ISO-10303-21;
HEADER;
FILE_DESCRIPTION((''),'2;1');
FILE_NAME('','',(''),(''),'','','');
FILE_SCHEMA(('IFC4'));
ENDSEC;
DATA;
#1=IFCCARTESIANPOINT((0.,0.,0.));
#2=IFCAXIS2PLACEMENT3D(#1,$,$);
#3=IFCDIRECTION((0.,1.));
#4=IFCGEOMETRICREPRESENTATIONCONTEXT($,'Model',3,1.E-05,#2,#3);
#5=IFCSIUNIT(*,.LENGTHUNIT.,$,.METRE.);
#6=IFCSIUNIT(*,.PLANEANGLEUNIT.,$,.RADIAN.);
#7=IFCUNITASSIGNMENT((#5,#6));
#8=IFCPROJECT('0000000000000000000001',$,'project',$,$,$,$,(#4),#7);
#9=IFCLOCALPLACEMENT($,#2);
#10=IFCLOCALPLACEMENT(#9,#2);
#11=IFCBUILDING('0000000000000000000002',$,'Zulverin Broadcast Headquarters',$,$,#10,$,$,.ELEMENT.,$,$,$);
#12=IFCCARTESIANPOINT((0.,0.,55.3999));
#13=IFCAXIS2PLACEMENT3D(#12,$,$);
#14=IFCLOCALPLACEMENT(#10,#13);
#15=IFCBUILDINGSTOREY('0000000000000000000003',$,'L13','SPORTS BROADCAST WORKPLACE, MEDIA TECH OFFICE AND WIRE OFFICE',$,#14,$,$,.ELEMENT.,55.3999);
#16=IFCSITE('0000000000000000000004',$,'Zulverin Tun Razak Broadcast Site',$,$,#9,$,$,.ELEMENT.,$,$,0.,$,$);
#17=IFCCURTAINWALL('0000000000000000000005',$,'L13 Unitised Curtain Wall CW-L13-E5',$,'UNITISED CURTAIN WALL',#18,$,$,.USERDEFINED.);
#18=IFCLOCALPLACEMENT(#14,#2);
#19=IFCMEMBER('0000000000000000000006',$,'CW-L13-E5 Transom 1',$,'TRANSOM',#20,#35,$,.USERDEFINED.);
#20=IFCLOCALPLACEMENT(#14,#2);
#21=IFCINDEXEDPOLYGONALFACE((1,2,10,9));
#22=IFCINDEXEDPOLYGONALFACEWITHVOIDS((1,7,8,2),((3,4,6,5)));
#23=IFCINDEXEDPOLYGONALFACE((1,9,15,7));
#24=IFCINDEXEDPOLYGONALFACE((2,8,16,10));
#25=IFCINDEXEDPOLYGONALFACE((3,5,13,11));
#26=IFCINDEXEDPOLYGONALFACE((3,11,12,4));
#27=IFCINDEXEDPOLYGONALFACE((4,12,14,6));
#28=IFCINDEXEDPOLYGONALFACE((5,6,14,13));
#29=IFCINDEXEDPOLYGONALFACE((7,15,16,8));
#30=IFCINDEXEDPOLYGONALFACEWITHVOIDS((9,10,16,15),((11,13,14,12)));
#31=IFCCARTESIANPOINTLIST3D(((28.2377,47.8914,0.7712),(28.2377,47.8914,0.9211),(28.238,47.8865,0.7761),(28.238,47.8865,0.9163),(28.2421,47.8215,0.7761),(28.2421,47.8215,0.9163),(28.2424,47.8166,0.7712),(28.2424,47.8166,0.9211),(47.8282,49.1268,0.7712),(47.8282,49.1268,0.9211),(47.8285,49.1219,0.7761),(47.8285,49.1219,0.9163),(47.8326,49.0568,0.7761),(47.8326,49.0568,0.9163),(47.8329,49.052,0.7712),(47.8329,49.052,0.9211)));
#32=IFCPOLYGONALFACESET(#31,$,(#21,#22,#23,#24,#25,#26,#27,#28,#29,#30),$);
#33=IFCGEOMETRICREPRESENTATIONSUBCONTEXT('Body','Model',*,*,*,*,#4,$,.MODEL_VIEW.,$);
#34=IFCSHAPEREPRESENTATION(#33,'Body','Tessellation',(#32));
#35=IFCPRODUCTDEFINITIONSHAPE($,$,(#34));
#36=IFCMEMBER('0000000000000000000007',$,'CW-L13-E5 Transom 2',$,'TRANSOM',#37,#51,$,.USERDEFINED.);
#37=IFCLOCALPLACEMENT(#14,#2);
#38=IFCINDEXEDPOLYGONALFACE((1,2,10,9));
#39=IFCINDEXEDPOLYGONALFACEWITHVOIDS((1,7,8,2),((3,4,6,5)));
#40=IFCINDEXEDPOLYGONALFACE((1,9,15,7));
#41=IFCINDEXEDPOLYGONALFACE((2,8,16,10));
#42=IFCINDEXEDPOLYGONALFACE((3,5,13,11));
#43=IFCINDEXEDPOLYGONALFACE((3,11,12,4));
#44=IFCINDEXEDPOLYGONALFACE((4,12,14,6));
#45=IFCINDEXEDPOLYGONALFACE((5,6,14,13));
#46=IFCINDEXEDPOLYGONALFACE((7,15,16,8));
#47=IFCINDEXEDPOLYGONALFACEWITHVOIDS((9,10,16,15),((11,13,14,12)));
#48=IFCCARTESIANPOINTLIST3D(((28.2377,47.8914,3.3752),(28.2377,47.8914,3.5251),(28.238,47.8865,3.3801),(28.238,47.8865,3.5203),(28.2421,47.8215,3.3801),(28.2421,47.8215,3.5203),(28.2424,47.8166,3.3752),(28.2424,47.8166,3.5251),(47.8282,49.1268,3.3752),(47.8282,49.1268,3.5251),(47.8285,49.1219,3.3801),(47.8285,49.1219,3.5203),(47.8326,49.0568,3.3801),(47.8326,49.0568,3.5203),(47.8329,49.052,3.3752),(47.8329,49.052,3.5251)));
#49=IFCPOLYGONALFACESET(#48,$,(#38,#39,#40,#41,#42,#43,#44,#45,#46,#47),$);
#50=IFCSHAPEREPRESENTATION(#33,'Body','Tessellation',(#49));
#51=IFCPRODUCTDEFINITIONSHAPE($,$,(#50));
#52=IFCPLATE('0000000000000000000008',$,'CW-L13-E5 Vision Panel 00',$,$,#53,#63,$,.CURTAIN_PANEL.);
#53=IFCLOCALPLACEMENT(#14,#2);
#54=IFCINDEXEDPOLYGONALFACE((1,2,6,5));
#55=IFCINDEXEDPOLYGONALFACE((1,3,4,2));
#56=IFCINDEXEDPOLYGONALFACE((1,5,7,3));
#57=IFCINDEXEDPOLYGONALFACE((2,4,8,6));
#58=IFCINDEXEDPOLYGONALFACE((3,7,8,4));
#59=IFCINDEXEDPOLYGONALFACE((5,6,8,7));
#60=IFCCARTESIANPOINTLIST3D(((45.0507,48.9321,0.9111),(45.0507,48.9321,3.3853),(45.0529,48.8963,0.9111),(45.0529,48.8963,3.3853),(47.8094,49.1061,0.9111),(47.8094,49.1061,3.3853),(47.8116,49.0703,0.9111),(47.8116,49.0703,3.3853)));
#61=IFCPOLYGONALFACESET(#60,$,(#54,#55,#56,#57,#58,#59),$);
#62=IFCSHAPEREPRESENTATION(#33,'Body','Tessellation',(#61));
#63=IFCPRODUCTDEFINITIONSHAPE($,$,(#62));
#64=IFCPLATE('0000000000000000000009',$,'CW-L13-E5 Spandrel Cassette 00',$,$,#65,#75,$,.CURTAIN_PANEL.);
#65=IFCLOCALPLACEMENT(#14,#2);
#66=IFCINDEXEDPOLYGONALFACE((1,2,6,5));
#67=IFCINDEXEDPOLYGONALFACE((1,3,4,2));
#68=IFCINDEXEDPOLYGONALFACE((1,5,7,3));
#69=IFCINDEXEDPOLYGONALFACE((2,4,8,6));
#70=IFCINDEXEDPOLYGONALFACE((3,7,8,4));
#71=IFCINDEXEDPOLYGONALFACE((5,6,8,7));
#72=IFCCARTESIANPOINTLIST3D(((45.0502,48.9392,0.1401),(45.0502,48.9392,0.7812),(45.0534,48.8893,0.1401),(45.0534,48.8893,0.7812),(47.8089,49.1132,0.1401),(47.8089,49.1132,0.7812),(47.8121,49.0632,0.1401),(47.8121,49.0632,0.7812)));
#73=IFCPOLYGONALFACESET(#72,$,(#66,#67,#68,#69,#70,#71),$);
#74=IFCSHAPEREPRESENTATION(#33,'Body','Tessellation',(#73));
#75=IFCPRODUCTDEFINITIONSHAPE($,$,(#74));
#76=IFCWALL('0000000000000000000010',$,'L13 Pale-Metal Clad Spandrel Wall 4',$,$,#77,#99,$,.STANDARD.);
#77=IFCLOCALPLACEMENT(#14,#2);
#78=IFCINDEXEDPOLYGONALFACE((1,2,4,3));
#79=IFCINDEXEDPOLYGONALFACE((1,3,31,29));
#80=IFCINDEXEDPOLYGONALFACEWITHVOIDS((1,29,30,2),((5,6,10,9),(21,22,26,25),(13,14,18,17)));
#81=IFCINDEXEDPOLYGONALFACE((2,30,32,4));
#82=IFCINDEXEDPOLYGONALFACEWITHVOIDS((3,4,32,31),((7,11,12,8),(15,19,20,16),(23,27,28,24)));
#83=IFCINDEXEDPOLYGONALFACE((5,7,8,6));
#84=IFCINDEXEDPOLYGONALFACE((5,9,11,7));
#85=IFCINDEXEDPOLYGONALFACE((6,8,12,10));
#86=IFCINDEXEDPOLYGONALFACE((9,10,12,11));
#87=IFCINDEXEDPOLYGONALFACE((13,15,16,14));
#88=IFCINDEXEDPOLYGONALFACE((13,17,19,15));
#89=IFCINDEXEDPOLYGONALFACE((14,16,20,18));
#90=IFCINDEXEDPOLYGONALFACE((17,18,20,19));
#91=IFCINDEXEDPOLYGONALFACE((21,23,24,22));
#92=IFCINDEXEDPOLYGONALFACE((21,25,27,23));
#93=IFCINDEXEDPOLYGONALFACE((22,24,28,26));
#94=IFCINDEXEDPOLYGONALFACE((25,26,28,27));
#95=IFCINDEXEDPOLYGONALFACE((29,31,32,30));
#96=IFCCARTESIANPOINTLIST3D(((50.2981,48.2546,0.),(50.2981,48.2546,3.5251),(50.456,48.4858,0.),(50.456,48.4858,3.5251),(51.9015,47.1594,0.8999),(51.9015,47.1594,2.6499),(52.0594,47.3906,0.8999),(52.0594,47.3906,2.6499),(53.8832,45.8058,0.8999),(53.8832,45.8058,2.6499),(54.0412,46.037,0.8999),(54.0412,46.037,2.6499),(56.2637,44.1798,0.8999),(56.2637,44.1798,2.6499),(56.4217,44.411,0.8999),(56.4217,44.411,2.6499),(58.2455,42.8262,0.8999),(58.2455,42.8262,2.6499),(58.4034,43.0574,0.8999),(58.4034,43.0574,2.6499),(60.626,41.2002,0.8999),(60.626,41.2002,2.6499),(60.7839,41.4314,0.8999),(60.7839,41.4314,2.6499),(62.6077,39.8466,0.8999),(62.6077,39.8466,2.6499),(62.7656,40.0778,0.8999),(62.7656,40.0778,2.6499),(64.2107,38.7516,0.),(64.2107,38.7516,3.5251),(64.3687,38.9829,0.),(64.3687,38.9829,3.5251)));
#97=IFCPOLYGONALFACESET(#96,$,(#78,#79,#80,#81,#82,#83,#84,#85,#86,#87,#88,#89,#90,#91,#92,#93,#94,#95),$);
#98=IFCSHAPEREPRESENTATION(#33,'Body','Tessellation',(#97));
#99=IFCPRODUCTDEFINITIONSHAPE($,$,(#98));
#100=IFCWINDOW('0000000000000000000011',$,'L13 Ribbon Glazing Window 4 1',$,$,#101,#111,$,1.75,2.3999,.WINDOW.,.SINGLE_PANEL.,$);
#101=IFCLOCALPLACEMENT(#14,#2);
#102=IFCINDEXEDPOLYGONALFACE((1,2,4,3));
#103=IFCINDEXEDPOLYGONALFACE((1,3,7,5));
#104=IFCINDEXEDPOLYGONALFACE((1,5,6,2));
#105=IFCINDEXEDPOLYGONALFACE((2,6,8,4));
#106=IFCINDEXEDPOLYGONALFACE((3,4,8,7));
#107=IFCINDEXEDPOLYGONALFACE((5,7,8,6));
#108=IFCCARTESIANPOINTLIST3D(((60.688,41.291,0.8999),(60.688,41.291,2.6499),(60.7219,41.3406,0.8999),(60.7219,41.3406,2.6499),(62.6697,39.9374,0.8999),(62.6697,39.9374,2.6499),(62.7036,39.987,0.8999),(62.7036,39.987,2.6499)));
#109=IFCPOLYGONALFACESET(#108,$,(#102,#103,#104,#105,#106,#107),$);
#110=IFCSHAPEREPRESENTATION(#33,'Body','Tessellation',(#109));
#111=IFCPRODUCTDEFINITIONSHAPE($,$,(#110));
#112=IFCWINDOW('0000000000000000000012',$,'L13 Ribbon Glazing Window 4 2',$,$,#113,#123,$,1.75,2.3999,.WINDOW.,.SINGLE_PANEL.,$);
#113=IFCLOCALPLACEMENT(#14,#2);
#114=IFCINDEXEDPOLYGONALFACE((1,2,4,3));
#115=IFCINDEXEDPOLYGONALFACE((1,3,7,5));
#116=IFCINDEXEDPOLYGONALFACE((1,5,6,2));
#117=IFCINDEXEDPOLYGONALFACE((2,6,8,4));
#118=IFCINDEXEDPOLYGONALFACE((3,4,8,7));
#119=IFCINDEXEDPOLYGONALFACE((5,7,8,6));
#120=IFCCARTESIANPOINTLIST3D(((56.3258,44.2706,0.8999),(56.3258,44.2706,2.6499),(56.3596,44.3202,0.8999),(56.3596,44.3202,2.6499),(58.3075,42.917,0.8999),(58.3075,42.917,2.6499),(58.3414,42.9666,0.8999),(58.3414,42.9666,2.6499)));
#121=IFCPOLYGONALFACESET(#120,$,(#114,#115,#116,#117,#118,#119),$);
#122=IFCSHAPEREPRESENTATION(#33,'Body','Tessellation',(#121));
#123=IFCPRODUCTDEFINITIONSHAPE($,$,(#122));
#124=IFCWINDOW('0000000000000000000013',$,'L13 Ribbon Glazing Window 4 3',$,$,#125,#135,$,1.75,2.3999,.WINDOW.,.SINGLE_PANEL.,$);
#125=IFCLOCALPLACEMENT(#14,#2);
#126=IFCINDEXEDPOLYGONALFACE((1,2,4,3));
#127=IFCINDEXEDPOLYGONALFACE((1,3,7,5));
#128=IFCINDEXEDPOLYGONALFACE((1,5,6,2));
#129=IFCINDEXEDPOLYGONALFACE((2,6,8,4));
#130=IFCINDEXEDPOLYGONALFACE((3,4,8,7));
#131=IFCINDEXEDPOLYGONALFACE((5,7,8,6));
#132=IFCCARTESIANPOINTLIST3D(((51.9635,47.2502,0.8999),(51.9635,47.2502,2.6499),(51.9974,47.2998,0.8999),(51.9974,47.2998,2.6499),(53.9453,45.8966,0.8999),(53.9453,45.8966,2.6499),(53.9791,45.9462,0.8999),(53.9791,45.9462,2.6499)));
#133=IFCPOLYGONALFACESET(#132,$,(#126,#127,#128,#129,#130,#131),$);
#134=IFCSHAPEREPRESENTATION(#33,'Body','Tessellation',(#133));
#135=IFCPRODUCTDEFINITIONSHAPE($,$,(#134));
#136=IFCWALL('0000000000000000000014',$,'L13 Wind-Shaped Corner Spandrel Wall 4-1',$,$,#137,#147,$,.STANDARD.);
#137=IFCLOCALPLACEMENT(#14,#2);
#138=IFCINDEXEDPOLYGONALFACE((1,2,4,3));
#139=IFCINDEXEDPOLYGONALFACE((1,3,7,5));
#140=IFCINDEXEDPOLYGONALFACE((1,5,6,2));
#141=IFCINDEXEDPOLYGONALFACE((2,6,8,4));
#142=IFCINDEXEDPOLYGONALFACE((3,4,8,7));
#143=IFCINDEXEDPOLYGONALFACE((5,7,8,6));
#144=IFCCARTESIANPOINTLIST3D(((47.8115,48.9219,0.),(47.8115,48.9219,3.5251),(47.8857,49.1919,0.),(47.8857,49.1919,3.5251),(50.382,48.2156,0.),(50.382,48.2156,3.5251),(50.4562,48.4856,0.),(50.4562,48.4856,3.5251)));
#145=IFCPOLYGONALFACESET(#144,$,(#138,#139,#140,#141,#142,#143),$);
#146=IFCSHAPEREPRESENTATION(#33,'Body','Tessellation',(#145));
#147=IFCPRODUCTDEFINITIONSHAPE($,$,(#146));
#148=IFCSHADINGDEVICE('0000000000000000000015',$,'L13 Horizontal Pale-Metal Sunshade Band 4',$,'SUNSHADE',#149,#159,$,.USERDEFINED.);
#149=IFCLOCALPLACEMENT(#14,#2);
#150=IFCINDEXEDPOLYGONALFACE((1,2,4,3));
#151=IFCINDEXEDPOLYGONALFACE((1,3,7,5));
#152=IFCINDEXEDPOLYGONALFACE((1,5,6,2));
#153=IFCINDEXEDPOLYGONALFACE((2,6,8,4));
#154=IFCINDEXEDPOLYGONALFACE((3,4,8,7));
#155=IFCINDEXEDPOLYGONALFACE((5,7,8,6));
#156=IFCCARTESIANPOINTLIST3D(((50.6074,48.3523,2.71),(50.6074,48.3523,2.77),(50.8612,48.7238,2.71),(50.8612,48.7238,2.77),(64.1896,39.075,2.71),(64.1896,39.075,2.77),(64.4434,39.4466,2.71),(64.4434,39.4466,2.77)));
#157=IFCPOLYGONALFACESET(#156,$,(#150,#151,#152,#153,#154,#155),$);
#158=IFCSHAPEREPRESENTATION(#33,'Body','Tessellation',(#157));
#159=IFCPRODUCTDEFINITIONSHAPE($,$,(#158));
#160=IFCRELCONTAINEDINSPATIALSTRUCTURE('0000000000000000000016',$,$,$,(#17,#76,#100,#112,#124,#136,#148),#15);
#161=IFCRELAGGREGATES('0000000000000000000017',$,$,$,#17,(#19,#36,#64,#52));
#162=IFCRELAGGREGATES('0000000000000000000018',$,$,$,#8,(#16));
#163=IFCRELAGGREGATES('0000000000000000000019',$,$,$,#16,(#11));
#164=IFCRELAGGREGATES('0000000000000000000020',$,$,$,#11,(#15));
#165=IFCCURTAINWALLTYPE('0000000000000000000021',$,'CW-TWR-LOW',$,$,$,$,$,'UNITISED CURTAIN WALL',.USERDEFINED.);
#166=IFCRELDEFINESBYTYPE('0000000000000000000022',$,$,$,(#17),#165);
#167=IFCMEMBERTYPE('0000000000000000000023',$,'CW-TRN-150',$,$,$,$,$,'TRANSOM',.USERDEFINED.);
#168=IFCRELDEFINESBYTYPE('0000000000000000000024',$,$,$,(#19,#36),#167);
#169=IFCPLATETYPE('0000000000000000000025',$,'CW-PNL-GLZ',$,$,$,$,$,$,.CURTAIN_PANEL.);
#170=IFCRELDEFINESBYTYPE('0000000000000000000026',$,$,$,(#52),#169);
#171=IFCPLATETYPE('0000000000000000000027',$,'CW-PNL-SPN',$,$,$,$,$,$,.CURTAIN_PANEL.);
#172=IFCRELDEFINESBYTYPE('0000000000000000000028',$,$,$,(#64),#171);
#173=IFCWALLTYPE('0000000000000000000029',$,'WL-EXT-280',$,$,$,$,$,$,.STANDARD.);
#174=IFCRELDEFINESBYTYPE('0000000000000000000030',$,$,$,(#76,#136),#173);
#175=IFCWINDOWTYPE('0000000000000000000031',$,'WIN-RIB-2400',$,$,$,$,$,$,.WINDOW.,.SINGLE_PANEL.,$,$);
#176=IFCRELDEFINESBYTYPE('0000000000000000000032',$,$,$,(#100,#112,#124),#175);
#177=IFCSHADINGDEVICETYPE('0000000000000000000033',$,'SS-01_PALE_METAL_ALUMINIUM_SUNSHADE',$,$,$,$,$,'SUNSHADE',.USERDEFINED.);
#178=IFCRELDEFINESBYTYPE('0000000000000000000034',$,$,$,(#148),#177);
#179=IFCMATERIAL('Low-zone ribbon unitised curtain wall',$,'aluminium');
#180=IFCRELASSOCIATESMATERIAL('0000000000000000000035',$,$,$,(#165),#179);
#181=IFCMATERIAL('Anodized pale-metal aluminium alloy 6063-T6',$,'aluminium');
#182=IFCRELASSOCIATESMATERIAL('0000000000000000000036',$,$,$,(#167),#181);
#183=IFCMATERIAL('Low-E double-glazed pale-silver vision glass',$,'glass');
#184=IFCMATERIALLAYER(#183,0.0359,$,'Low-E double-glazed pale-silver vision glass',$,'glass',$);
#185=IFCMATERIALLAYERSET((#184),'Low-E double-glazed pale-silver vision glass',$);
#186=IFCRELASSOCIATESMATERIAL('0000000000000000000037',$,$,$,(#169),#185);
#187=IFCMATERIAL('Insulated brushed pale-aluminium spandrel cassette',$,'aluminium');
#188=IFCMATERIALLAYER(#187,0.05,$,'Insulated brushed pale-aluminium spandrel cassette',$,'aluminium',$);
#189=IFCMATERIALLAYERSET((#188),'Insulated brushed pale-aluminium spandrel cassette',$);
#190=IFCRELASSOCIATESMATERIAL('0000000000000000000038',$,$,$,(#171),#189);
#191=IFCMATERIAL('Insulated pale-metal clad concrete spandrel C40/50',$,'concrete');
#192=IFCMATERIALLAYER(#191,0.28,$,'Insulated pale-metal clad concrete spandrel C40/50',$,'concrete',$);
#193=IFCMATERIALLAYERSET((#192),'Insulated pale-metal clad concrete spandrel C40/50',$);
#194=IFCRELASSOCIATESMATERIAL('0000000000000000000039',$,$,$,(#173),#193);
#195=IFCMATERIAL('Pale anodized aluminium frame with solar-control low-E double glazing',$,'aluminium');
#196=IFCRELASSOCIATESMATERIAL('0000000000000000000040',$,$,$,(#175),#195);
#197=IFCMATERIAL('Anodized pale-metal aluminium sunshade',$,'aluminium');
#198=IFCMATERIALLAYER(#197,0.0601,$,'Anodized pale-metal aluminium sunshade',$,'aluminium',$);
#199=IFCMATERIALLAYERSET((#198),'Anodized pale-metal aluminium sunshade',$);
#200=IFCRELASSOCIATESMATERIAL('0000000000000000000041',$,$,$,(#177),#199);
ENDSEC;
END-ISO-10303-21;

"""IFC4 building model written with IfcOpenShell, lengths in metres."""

from ifc_helpers import new_model, si_unit, direction, frame, frame_2d, origin, origin_2d, place, context, subcontext, project, spatial, rectangle, hollow_rectangle, extrude, material, layer, layer_set, material_profile, profile_set, type_object, element, fill, aggregate, save


model = new_model("IFC4")

# Units and contexts
model_context = context("Model", 3, precision=1e-05, world=origin(), true_north=direction((0.0, 1.0)))
body_context = subcontext(model_context, "Body", "Model", "MODEL_VIEW")
ifc_project = project(units=[si_unit("LENGTHUNIT", "METRE"), si_unit("PLANEANGLEUNIT", "RADIAN")], contexts=[model_context])

# Site, building, storey
site_placement = place(None, origin())
site = spatial("IfcSite", under=ifc_project, at=site_placement, Name="Zulverin Tun Razak Broadcast Site", CompositionType="ELEMENT", RefElevation=0.0)
building_placement = place(site_placement, origin())
building = spatial("IfcBuilding", under=site, at=building_placement, Name="Zulverin Broadcast Headquarters", CompositionType="ELEMENT")
storey_placement = place(building_placement, frame((0.0, 0.0, 55.3999)))
storey = spatial("IfcBuildingStorey", under=building, at=storey_placement, Name="L13", Description="SPORTS BROADCAST WORKPLACE, MEDIA TECH OFFICE AND WIRE OFFICE", CompositionType="ELEMENT", Elevation=55.3999)

# Curtain wall, members, plates
ifc_material_1 = material(Name="Low-zone ribbon unitised curtain wall", Category="aluminium")
curtain_wall_type = type_object("IfcCurtainWallType", Name="CW-TWR-LOW", ElementType="UNITISED CURTAIN WALL", PredefinedType="USERDEFINED", material=ifc_material_1)
curtain_wall_placement = place(storey_placement, origin())
curtain_wall = element("IfcCurtainWall", 1, at=curtain_wall_placement, inside=storey, type_object=curtain_wall_type, Name="L13 Unitised Curtain Wall CW-L13-E5", ObjectType="UNITISED CURTAIN WALL", PredefinedType="USERDEFINED")
ifc_material_2 = material(Name="Anodized pale-metal aluminium alloy 6063-T6", Category="aluminium")
ifc_material_profile_1 = material_profile(ifc_material_2, hollow_rectangle(XDim=0.075, YDim=0.1499, WallThickness=0.0049, at=origin_2d()), Name="Anodized pale-metal aluminium alloy 6063-T6", Category="aluminium")
ifc_profile_set_1 = profile_set([ifc_material_profile_1], Name="Anodized pale-metal aluminium alloy 6063-T6")
member_type_1 = type_object("IfcMemberType", Name="CW-TRN-150", ElementType="TRANSOM", PredefinedType="USERDEFINED", material=ifc_profile_set_1)
member_1_placement = place(storey_placement, frame((47.8306, 49.0894, 0.8462), z_axis=(-0.998018, -0.062933, 0.0), x_axis=(0.062933, -0.998018, 0.0)))
member_1 = element("IfcMember", 2, at=member_1_placement, type_object=member_type_1, Name="CW-L13-E5 Transom 1", ObjectType="TRANSOM", PredefinedType="USERDEFINED", context=body_context, shape_type="SweptSolid", body=[
    extrude(hollow_rectangle(XDim=0.075, YDim=0.1499, WallThickness=0.0049, at=origin_2d()), origin(), (0.0, 0.0, 1.0), 19.6294),
])
member_2_placement = place(storey_placement, frame((47.8306, 49.0894, 3.4502), z_axis=(-0.998018, -0.062933, 0.0), x_axis=(0.062933, -0.998018, 0.0)))
member_2 = element("IfcMember", 3, at=member_2_placement, type_object=member_type_1, Name="CW-L13-E5 Transom 2", ObjectType="TRANSOM", PredefinedType="USERDEFINED", context=body_context, shape_type="SweptSolid", body=[
    extrude(hollow_rectangle(XDim=0.075, YDim=0.1499, WallThickness=0.0049, at=origin_2d()), origin(), (0.0, 0.0, 1.0), 19.6294),
])
ifc_material_3 = material(Name="Low-E double-glazed pale-silver vision glass", Category="glass")
ifc_layer_1 = layer(ifc_material_3, 0.0359, Name="Low-E double-glazed pale-silver vision glass", Category="glass")
ifc_layer_set_1 = layer_set([ifc_layer_1], Name="Low-E double-glazed pale-silver vision glass")
plate_type_1 = type_object("IfcPlateType", Name="CW-PNL-GLZ", PredefinedType="CURTAIN_PANEL", material=ifc_layer_set_1)
plate_1_placement = place(storey_placement, frame((46.4312, 49.0012, 0.9111), z_axis=(0.0, 0.0, 1.0), x_axis=(-0.998018, -0.062935, 0.0)))
plate_1 = element("IfcPlate", 4, at=plate_1_placement, type_object=plate_type_1, Name="CW-L13-E5 Vision Panel 00", PredefinedType="CURTAIN_PANEL", context=body_context, shape_type="SweptSolid", body=[
    extrude(rectangle(XDim=2.7642, YDim=0.0359, at=origin_2d()), origin(), (0.0, 0.0, 1.0), 2.4741),
])
ifc_material_4 = material(Name="Insulated brushed pale-aluminium spandrel cassette", Category="aluminium")
ifc_layer_2 = layer(ifc_material_4, 0.05, Name="Insulated brushed pale-aluminium spandrel cassette", Category="aluminium")
ifc_layer_set_2 = layer_set([ifc_layer_2], Name="Insulated brushed pale-aluminium spandrel cassette")
plate_type_2 = type_object("IfcPlateType", Name="CW-PNL-SPN", PredefinedType="CURTAIN_PANEL", material=ifc_layer_set_2)
plate_2_placement = place(storey_placement, frame((46.4312, 49.0012, 0.1401), z_axis=(0.0, 0.0, 1.0), x_axis=(-0.998018, -0.062935, 0.0)))
plate_2 = element("IfcPlate", 5, at=plate_2_placement, type_object=plate_type_2, Name="CW-L13-E5 Spandrel Cassette 00", PredefinedType="CURTAIN_PANEL", context=body_context, shape_type="SweptSolid", body=[
    extrude(rectangle(XDim=2.7642, YDim=0.05, at=origin_2d()), origin(), (0.0, 0.0, 1.0), 0.6411),
])
aggregate(curtain_wall, [member_1, member_2, plate_2, plate_1])

# Wall, openings, windows
ifc_material_5 = material(Name="Insulated pale-metal clad concrete spandrel C40/50", Category="concrete")
ifc_layer_3 = layer(ifc_material_5, 0.28, Name="Insulated pale-metal clad concrete spandrel C40/50", Category="concrete")
ifc_layer_set_3 = layer_set([ifc_layer_3], Name="Insulated pale-metal clad concrete spandrel C40/50")
wall_type = type_object("IfcWallType", Name="WL-EXT-280", PredefinedType="STANDARD", material=ifc_layer_set_3)
wall_1_placement = place(storey_placement, frame((64.2898, 38.8672, 0.0), z_axis=(0.0, 0.0, 1.0), x_axis=(-0.825756, 0.564028, 0.0)))
wall_1 = element("IfcWall", 6, at=wall_1_placement, inside=storey, type_object=wall_type, Name="L13 Pale-Metal Clad Spandrel Wall 4", PredefinedType="STANDARD", context=body_context, shape_type="SweptSolid", body=[
    extrude(rectangle(XDim=16.8484, YDim=0.28, at=frame_2d((8.4243, 0.0))), origin(), (0.0, 0.0, 1.0), 3.5251),
])
opening_1_placement = place(wall_1_placement, frame((1.9414, 0.0, 0.8999)))
opening_1 = element("IfcOpeningElement", 7, at=opening_1_placement, cuts=wall_1, PredefinedType="OPENING", context=body_context, shape_type="SweptSolid", body=[
    extrude(rectangle(XDim=2.3999, YDim=1.75, at=frame_2d((1.2, 0.875))), frame((0.0, 0.1499, 0.0), z_axis=(0.0, -1.0, 0.0), x_axis=(1.0, 0.0, 0.0)), (0.0, 0.0, 1.0), 0.3),
])
opening_2_placement = place(wall_1_placement, frame((7.2241, 0.0, 0.8999)))
opening_2 = element("IfcOpeningElement", 8, at=opening_2_placement, cuts=wall_1, PredefinedType="OPENING", context=body_context, shape_type="SweptSolid", body=[
    extrude(rectangle(XDim=2.3999, YDim=1.75, at=frame_2d((1.2, 0.875))), frame((0.0, 0.1499, 0.0), z_axis=(0.0, -1.0, 0.0), x_axis=(1.0, 0.0, 0.0)), (0.0, 0.0, 1.0), 0.3),
])
opening_3_placement = place(wall_1_placement, frame((12.5068, 0.0, 0.8999)))
opening_3 = element("IfcOpeningElement", 9, at=opening_3_placement, cuts=wall_1, PredefinedType="OPENING", context=body_context, shape_type="SweptSolid", body=[
    extrude(rectangle(XDim=2.3999, YDim=1.75, at=frame_2d((1.2, 0.875))), frame((0.0, 0.1499, 0.0), z_axis=(0.0, -1.0, 0.0), x_axis=(1.0, 0.0, 0.0)), (0.0, 0.0, 1.0), 0.3),
])
ifc_material_6 = material(Name="Pale anodized aluminium frame with solar-control low-E double glazing", Category="aluminium")
window_type = type_object("IfcWindowType", Name="WIN-RIB-2400", PartitioningType="SINGLE_PANEL", PredefinedType="WINDOW", material=ifc_material_6)
window_1_placement = place(opening_1_placement, origin())
window_1 = element("IfcWindow", 10, at=window_1_placement, inside=storey, type_object=window_type, Name="L13 Ribbon Glazing Window 4 1", OverallHeight=1.75, OverallWidth=2.3999, PartitioningType="SINGLE_PANEL", PredefinedType="WINDOW", context=body_context, shape_type="SweptSolid", body=[
    extrude(rectangle(XDim=2.3999, YDim=1.75, at=frame_2d((1.2, 0.875))), frame((0.0, 0.03, 0.0), z_axis=(0.0, -1.0, 0.0), x_axis=(1.0, 0.0, 0.0)), (0.0, 0.0, 1.0), 0.0601),
])
fill(opening_1, window_1)
window_2_placement = place(opening_2_placement, origin())
window_2 = element("IfcWindow", 11, at=window_2_placement, inside=storey, type_object=window_type, Name="L13 Ribbon Glazing Window 4 2", OverallHeight=1.75, OverallWidth=2.3999, PartitioningType="SINGLE_PANEL", PredefinedType="WINDOW", context=body_context, shape_type="SweptSolid", body=[
    extrude(rectangle(XDim=2.3999, YDim=1.75, at=frame_2d((1.2, 0.875))), frame((0.0, 0.03, 0.0), z_axis=(0.0, -1.0, 0.0), x_axis=(1.0, 0.0, 0.0)), (0.0, 0.0, 1.0), 0.0601),
])
fill(opening_2, window_2)
window_3_placement = place(opening_3_placement, origin())
window_3 = element("IfcWindow", 12, at=window_3_placement, inside=storey, type_object=window_type, Name="L13 Ribbon Glazing Window 4 3", OverallHeight=1.75, OverallWidth=2.3999, PartitioningType="SINGLE_PANEL", PredefinedType="WINDOW", context=body_context, shape_type="SweptSolid", body=[
    extrude(rectangle(XDim=2.3999, YDim=1.75, at=frame_2d((1.2, 0.875))), frame((0.0, 0.03, 0.0), z_axis=(0.0, -1.0, 0.0), x_axis=(1.0, 0.0, 0.0)), (0.0, 0.0, 1.0), 0.0601),
])
fill(opening_3, window_3)

# Wall
wall_2_placement = place(storey_placement, frame((50.4192, 48.3506, 0.0), z_axis=(0.0, 0.0, 1.0), x_axis=(-0.964263, 0.264946, 0.0)))
element("IfcWall", 13, at=wall_2_placement, inside=storey, type_object=wall_type, Name="L13 Wind-Shaped Corner Spandrel Wall 4-1", PredefinedType="STANDARD", context=body_context, shape_type="SweptSolid", body=[
    extrude(rectangle(XDim=2.6658, YDim=0.28, at=frame_2d((1.333, 0.0))), origin(), (0.0, 0.0, 1.0), 3.5251),
])

# Shading device
ifc_material_7 = material(Name="Anodized pale-metal aluminium sunshade", Category="aluminium")
ifc_layer_4 = layer(ifc_material_7, 0.0601, Name="Anodized pale-metal aluminium sunshade", Category="aluminium")
ifc_layer_set_4 = layer_set([ifc_layer_4], Name="Anodized pale-metal aluminium sunshade")
shading_device_type = type_object("IfcShadingDeviceType", Name="SS-01_PALE_METAL_ALUMINIUM_SUNSHADE", ElementType="SUNSHADE", PredefinedType="USERDEFINED", material=ifc_layer_set_4)
shading_device_placement = place(storey_placement, frame((57.5254, 43.8994, 2.71), z_axis=(0.0, 0.0, 1.0), x_axis=(-0.825757, 0.564026, 0.0)))
element("IfcShadingDevice", 14, at=shading_device_placement, inside=storey, type_object=shading_device_type, Name="L13 Horizontal Pale-Metal Sunshade Band 4", ObjectType="SUNSHADE", PredefinedType="USERDEFINED", context=body_context, shape_type="SweptSolid", body=[
    extrude(rectangle(XDim=16.4482, YDim=0.45, at=origin_2d()), origin(), (0.0, 0.0, 1.0), 0.0601),
])

save(model, "model.ifc")
